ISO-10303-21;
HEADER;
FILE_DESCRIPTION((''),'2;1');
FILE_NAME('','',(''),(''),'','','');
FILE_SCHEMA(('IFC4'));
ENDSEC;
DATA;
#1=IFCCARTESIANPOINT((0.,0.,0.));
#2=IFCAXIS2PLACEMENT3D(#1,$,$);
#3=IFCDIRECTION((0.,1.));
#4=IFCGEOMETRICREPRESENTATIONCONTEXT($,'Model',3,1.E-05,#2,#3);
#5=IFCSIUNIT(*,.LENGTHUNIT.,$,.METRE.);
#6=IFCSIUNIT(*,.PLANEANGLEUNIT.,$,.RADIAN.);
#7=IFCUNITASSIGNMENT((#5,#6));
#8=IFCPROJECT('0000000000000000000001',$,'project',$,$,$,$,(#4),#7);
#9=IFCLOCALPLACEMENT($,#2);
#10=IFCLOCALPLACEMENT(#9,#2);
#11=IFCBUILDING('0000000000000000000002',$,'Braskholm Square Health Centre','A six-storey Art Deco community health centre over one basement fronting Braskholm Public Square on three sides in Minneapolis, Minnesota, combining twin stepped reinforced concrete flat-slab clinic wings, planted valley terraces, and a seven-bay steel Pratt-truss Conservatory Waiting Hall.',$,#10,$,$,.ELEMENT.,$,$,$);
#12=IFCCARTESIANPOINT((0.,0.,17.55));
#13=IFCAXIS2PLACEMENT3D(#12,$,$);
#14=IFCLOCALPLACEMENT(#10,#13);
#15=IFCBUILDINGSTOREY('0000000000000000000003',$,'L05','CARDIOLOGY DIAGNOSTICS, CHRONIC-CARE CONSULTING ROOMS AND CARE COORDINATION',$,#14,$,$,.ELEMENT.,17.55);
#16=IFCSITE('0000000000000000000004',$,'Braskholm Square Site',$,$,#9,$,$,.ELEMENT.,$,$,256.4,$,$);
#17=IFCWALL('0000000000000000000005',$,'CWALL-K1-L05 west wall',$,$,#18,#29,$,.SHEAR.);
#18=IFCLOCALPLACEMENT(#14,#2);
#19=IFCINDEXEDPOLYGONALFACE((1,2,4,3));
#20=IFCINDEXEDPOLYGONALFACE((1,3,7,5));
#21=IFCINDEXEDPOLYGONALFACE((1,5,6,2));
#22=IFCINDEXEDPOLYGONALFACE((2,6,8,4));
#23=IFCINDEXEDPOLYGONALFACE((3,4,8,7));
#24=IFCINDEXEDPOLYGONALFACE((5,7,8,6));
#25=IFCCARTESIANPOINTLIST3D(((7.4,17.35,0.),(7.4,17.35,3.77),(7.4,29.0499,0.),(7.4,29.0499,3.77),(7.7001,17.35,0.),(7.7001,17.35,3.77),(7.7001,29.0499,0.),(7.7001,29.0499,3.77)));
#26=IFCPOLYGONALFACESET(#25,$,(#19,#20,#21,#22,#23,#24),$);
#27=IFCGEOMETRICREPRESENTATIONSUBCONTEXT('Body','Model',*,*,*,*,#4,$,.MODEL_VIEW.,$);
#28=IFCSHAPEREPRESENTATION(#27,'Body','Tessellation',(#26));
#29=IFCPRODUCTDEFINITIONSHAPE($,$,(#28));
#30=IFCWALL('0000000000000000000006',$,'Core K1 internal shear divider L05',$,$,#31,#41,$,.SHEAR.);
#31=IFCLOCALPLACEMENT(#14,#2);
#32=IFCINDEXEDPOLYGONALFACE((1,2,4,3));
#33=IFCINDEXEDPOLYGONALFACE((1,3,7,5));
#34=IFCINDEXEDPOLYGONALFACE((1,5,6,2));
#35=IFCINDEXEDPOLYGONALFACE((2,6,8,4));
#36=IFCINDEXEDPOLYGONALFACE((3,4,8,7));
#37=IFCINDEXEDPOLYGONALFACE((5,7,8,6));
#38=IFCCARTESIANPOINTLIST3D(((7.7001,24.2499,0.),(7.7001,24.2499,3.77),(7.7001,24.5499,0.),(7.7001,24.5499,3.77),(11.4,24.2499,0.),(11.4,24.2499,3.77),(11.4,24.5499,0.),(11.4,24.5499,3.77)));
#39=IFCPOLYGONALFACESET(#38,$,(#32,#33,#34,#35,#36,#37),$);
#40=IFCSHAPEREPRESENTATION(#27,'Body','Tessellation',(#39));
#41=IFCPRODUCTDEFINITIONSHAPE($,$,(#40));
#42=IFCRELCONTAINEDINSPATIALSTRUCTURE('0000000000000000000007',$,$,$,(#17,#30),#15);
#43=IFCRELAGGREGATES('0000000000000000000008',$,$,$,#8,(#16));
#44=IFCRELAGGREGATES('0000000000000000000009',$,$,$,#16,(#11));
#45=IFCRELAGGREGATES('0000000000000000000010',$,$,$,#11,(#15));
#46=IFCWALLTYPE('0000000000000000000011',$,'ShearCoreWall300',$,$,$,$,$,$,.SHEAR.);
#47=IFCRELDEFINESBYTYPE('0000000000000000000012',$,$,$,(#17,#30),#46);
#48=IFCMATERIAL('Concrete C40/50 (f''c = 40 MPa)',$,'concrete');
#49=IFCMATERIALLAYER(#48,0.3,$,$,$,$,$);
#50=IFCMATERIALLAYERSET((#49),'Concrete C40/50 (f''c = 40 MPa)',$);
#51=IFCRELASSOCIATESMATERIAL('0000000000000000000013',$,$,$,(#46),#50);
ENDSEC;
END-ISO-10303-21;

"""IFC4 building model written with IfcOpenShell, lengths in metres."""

from ifc_helpers import new_model, si_unit, direction, frame, frame_2d, origin, place, context, subcontext, project, spatial, rectangle, extrude, material, layer, layer_set, type_object, element, save


model = new_model("IFC4")

# Units and contexts
model_context = context("Model", 3, precision=1e-05, world=origin(), true_north=direction((0.0, 1.0)))
body_context = subcontext(model_context, "Body", "Model", "MODEL_VIEW")
ifc_project = project(units=[si_unit("LENGTHUNIT", "METRE"), si_unit("PLANEANGLEUNIT", "RADIAN")], contexts=[model_context])

# Site, building, storey
site_placement = place(None, origin())
site = spatial("IfcSite", under=ifc_project, at=site_placement, Name="Braskholm Square Site", CompositionType="ELEMENT", RefElevation=256.4)
building_placement = place(site_placement, origin())
building = spatial("IfcBuilding", under=site, at=building_placement, Name="Braskholm Square Health Centre", Description="A six-storey Art Deco community health centre over one basement fronting Braskholm Public Square on three sides in Minneapolis, Minnesota, combining twin stepped reinforced concrete flat-slab clinic wings, planted valley terraces, and a seven-bay steel Pratt-truss Conservatory Waiting Hall.", CompositionType="ELEMENT")
storey_placement = place(building_placement, frame((0.0, 0.0, 17.55)))
storey = spatial("IfcBuildingStorey", under=building, at=storey_placement, Name="L05", Description="CARDIOLOGY DIAGNOSTICS, CHRONIC-CARE CONSULTING ROOMS AND CARE COORDINATION", CompositionType="ELEMENT", Elevation=17.55)

# Shared definitions
ifc_material_1 = material(Name="Concrete C40/50 (f'c = 40 MPa)", Category="concrete")

# Walls
ifc_layer_1 = layer(ifc_material_1, 0.3)
ifc_layer_set_1 = layer_set([ifc_layer_1], Name="Concrete C40/50 (f'c = 40 MPa)")
wall_type_1 = type_object("IfcWallType", Name="ShearCoreWall300", PredefinedType="SHEAR", material=ifc_layer_set_1)
wall_1_placement = place(storey_placement, frame((7.55, 29.05, 0.0), z_axis=(0.0, 0.0, 1.0), x_axis=(0.0, -1.0, 0.0)))
element("IfcWall", 1, at=wall_1_placement, inside=storey, type_object=wall_type_1, Name="CWALL-K1-L05 west wall", PredefinedType="SHEAR", context=body_context, shape_type="SweptSolid", body=[
    extrude(rectangle(XDim=11.7, YDim=0.3, at=frame_2d((5.8501, 0.0))), origin(), (0.0, 0.0, 1.0), 3.77),
])
wall_2_placement = place(storey_placement, frame((7.7, 24.3999, 0.0), z_axis=(0.0, 0.0, 1.0), x_axis=(1.0, 0.0, 0.0)))
element("IfcWall", 2, at=wall_2_placement, inside=storey, type_object=wall_type_1, Name="Core K1 internal shear divider L05", PredefinedType="SHEAR", context=body_context, shape_type="SweptSolid", body=[
    extrude(rectangle(XDim=3.7, YDim=0.3, at=frame_2d((1.8501, 0.0))), origin(), (0.0, 0.0, 1.0), 3.77),
])

save(model, "model.ifc")
